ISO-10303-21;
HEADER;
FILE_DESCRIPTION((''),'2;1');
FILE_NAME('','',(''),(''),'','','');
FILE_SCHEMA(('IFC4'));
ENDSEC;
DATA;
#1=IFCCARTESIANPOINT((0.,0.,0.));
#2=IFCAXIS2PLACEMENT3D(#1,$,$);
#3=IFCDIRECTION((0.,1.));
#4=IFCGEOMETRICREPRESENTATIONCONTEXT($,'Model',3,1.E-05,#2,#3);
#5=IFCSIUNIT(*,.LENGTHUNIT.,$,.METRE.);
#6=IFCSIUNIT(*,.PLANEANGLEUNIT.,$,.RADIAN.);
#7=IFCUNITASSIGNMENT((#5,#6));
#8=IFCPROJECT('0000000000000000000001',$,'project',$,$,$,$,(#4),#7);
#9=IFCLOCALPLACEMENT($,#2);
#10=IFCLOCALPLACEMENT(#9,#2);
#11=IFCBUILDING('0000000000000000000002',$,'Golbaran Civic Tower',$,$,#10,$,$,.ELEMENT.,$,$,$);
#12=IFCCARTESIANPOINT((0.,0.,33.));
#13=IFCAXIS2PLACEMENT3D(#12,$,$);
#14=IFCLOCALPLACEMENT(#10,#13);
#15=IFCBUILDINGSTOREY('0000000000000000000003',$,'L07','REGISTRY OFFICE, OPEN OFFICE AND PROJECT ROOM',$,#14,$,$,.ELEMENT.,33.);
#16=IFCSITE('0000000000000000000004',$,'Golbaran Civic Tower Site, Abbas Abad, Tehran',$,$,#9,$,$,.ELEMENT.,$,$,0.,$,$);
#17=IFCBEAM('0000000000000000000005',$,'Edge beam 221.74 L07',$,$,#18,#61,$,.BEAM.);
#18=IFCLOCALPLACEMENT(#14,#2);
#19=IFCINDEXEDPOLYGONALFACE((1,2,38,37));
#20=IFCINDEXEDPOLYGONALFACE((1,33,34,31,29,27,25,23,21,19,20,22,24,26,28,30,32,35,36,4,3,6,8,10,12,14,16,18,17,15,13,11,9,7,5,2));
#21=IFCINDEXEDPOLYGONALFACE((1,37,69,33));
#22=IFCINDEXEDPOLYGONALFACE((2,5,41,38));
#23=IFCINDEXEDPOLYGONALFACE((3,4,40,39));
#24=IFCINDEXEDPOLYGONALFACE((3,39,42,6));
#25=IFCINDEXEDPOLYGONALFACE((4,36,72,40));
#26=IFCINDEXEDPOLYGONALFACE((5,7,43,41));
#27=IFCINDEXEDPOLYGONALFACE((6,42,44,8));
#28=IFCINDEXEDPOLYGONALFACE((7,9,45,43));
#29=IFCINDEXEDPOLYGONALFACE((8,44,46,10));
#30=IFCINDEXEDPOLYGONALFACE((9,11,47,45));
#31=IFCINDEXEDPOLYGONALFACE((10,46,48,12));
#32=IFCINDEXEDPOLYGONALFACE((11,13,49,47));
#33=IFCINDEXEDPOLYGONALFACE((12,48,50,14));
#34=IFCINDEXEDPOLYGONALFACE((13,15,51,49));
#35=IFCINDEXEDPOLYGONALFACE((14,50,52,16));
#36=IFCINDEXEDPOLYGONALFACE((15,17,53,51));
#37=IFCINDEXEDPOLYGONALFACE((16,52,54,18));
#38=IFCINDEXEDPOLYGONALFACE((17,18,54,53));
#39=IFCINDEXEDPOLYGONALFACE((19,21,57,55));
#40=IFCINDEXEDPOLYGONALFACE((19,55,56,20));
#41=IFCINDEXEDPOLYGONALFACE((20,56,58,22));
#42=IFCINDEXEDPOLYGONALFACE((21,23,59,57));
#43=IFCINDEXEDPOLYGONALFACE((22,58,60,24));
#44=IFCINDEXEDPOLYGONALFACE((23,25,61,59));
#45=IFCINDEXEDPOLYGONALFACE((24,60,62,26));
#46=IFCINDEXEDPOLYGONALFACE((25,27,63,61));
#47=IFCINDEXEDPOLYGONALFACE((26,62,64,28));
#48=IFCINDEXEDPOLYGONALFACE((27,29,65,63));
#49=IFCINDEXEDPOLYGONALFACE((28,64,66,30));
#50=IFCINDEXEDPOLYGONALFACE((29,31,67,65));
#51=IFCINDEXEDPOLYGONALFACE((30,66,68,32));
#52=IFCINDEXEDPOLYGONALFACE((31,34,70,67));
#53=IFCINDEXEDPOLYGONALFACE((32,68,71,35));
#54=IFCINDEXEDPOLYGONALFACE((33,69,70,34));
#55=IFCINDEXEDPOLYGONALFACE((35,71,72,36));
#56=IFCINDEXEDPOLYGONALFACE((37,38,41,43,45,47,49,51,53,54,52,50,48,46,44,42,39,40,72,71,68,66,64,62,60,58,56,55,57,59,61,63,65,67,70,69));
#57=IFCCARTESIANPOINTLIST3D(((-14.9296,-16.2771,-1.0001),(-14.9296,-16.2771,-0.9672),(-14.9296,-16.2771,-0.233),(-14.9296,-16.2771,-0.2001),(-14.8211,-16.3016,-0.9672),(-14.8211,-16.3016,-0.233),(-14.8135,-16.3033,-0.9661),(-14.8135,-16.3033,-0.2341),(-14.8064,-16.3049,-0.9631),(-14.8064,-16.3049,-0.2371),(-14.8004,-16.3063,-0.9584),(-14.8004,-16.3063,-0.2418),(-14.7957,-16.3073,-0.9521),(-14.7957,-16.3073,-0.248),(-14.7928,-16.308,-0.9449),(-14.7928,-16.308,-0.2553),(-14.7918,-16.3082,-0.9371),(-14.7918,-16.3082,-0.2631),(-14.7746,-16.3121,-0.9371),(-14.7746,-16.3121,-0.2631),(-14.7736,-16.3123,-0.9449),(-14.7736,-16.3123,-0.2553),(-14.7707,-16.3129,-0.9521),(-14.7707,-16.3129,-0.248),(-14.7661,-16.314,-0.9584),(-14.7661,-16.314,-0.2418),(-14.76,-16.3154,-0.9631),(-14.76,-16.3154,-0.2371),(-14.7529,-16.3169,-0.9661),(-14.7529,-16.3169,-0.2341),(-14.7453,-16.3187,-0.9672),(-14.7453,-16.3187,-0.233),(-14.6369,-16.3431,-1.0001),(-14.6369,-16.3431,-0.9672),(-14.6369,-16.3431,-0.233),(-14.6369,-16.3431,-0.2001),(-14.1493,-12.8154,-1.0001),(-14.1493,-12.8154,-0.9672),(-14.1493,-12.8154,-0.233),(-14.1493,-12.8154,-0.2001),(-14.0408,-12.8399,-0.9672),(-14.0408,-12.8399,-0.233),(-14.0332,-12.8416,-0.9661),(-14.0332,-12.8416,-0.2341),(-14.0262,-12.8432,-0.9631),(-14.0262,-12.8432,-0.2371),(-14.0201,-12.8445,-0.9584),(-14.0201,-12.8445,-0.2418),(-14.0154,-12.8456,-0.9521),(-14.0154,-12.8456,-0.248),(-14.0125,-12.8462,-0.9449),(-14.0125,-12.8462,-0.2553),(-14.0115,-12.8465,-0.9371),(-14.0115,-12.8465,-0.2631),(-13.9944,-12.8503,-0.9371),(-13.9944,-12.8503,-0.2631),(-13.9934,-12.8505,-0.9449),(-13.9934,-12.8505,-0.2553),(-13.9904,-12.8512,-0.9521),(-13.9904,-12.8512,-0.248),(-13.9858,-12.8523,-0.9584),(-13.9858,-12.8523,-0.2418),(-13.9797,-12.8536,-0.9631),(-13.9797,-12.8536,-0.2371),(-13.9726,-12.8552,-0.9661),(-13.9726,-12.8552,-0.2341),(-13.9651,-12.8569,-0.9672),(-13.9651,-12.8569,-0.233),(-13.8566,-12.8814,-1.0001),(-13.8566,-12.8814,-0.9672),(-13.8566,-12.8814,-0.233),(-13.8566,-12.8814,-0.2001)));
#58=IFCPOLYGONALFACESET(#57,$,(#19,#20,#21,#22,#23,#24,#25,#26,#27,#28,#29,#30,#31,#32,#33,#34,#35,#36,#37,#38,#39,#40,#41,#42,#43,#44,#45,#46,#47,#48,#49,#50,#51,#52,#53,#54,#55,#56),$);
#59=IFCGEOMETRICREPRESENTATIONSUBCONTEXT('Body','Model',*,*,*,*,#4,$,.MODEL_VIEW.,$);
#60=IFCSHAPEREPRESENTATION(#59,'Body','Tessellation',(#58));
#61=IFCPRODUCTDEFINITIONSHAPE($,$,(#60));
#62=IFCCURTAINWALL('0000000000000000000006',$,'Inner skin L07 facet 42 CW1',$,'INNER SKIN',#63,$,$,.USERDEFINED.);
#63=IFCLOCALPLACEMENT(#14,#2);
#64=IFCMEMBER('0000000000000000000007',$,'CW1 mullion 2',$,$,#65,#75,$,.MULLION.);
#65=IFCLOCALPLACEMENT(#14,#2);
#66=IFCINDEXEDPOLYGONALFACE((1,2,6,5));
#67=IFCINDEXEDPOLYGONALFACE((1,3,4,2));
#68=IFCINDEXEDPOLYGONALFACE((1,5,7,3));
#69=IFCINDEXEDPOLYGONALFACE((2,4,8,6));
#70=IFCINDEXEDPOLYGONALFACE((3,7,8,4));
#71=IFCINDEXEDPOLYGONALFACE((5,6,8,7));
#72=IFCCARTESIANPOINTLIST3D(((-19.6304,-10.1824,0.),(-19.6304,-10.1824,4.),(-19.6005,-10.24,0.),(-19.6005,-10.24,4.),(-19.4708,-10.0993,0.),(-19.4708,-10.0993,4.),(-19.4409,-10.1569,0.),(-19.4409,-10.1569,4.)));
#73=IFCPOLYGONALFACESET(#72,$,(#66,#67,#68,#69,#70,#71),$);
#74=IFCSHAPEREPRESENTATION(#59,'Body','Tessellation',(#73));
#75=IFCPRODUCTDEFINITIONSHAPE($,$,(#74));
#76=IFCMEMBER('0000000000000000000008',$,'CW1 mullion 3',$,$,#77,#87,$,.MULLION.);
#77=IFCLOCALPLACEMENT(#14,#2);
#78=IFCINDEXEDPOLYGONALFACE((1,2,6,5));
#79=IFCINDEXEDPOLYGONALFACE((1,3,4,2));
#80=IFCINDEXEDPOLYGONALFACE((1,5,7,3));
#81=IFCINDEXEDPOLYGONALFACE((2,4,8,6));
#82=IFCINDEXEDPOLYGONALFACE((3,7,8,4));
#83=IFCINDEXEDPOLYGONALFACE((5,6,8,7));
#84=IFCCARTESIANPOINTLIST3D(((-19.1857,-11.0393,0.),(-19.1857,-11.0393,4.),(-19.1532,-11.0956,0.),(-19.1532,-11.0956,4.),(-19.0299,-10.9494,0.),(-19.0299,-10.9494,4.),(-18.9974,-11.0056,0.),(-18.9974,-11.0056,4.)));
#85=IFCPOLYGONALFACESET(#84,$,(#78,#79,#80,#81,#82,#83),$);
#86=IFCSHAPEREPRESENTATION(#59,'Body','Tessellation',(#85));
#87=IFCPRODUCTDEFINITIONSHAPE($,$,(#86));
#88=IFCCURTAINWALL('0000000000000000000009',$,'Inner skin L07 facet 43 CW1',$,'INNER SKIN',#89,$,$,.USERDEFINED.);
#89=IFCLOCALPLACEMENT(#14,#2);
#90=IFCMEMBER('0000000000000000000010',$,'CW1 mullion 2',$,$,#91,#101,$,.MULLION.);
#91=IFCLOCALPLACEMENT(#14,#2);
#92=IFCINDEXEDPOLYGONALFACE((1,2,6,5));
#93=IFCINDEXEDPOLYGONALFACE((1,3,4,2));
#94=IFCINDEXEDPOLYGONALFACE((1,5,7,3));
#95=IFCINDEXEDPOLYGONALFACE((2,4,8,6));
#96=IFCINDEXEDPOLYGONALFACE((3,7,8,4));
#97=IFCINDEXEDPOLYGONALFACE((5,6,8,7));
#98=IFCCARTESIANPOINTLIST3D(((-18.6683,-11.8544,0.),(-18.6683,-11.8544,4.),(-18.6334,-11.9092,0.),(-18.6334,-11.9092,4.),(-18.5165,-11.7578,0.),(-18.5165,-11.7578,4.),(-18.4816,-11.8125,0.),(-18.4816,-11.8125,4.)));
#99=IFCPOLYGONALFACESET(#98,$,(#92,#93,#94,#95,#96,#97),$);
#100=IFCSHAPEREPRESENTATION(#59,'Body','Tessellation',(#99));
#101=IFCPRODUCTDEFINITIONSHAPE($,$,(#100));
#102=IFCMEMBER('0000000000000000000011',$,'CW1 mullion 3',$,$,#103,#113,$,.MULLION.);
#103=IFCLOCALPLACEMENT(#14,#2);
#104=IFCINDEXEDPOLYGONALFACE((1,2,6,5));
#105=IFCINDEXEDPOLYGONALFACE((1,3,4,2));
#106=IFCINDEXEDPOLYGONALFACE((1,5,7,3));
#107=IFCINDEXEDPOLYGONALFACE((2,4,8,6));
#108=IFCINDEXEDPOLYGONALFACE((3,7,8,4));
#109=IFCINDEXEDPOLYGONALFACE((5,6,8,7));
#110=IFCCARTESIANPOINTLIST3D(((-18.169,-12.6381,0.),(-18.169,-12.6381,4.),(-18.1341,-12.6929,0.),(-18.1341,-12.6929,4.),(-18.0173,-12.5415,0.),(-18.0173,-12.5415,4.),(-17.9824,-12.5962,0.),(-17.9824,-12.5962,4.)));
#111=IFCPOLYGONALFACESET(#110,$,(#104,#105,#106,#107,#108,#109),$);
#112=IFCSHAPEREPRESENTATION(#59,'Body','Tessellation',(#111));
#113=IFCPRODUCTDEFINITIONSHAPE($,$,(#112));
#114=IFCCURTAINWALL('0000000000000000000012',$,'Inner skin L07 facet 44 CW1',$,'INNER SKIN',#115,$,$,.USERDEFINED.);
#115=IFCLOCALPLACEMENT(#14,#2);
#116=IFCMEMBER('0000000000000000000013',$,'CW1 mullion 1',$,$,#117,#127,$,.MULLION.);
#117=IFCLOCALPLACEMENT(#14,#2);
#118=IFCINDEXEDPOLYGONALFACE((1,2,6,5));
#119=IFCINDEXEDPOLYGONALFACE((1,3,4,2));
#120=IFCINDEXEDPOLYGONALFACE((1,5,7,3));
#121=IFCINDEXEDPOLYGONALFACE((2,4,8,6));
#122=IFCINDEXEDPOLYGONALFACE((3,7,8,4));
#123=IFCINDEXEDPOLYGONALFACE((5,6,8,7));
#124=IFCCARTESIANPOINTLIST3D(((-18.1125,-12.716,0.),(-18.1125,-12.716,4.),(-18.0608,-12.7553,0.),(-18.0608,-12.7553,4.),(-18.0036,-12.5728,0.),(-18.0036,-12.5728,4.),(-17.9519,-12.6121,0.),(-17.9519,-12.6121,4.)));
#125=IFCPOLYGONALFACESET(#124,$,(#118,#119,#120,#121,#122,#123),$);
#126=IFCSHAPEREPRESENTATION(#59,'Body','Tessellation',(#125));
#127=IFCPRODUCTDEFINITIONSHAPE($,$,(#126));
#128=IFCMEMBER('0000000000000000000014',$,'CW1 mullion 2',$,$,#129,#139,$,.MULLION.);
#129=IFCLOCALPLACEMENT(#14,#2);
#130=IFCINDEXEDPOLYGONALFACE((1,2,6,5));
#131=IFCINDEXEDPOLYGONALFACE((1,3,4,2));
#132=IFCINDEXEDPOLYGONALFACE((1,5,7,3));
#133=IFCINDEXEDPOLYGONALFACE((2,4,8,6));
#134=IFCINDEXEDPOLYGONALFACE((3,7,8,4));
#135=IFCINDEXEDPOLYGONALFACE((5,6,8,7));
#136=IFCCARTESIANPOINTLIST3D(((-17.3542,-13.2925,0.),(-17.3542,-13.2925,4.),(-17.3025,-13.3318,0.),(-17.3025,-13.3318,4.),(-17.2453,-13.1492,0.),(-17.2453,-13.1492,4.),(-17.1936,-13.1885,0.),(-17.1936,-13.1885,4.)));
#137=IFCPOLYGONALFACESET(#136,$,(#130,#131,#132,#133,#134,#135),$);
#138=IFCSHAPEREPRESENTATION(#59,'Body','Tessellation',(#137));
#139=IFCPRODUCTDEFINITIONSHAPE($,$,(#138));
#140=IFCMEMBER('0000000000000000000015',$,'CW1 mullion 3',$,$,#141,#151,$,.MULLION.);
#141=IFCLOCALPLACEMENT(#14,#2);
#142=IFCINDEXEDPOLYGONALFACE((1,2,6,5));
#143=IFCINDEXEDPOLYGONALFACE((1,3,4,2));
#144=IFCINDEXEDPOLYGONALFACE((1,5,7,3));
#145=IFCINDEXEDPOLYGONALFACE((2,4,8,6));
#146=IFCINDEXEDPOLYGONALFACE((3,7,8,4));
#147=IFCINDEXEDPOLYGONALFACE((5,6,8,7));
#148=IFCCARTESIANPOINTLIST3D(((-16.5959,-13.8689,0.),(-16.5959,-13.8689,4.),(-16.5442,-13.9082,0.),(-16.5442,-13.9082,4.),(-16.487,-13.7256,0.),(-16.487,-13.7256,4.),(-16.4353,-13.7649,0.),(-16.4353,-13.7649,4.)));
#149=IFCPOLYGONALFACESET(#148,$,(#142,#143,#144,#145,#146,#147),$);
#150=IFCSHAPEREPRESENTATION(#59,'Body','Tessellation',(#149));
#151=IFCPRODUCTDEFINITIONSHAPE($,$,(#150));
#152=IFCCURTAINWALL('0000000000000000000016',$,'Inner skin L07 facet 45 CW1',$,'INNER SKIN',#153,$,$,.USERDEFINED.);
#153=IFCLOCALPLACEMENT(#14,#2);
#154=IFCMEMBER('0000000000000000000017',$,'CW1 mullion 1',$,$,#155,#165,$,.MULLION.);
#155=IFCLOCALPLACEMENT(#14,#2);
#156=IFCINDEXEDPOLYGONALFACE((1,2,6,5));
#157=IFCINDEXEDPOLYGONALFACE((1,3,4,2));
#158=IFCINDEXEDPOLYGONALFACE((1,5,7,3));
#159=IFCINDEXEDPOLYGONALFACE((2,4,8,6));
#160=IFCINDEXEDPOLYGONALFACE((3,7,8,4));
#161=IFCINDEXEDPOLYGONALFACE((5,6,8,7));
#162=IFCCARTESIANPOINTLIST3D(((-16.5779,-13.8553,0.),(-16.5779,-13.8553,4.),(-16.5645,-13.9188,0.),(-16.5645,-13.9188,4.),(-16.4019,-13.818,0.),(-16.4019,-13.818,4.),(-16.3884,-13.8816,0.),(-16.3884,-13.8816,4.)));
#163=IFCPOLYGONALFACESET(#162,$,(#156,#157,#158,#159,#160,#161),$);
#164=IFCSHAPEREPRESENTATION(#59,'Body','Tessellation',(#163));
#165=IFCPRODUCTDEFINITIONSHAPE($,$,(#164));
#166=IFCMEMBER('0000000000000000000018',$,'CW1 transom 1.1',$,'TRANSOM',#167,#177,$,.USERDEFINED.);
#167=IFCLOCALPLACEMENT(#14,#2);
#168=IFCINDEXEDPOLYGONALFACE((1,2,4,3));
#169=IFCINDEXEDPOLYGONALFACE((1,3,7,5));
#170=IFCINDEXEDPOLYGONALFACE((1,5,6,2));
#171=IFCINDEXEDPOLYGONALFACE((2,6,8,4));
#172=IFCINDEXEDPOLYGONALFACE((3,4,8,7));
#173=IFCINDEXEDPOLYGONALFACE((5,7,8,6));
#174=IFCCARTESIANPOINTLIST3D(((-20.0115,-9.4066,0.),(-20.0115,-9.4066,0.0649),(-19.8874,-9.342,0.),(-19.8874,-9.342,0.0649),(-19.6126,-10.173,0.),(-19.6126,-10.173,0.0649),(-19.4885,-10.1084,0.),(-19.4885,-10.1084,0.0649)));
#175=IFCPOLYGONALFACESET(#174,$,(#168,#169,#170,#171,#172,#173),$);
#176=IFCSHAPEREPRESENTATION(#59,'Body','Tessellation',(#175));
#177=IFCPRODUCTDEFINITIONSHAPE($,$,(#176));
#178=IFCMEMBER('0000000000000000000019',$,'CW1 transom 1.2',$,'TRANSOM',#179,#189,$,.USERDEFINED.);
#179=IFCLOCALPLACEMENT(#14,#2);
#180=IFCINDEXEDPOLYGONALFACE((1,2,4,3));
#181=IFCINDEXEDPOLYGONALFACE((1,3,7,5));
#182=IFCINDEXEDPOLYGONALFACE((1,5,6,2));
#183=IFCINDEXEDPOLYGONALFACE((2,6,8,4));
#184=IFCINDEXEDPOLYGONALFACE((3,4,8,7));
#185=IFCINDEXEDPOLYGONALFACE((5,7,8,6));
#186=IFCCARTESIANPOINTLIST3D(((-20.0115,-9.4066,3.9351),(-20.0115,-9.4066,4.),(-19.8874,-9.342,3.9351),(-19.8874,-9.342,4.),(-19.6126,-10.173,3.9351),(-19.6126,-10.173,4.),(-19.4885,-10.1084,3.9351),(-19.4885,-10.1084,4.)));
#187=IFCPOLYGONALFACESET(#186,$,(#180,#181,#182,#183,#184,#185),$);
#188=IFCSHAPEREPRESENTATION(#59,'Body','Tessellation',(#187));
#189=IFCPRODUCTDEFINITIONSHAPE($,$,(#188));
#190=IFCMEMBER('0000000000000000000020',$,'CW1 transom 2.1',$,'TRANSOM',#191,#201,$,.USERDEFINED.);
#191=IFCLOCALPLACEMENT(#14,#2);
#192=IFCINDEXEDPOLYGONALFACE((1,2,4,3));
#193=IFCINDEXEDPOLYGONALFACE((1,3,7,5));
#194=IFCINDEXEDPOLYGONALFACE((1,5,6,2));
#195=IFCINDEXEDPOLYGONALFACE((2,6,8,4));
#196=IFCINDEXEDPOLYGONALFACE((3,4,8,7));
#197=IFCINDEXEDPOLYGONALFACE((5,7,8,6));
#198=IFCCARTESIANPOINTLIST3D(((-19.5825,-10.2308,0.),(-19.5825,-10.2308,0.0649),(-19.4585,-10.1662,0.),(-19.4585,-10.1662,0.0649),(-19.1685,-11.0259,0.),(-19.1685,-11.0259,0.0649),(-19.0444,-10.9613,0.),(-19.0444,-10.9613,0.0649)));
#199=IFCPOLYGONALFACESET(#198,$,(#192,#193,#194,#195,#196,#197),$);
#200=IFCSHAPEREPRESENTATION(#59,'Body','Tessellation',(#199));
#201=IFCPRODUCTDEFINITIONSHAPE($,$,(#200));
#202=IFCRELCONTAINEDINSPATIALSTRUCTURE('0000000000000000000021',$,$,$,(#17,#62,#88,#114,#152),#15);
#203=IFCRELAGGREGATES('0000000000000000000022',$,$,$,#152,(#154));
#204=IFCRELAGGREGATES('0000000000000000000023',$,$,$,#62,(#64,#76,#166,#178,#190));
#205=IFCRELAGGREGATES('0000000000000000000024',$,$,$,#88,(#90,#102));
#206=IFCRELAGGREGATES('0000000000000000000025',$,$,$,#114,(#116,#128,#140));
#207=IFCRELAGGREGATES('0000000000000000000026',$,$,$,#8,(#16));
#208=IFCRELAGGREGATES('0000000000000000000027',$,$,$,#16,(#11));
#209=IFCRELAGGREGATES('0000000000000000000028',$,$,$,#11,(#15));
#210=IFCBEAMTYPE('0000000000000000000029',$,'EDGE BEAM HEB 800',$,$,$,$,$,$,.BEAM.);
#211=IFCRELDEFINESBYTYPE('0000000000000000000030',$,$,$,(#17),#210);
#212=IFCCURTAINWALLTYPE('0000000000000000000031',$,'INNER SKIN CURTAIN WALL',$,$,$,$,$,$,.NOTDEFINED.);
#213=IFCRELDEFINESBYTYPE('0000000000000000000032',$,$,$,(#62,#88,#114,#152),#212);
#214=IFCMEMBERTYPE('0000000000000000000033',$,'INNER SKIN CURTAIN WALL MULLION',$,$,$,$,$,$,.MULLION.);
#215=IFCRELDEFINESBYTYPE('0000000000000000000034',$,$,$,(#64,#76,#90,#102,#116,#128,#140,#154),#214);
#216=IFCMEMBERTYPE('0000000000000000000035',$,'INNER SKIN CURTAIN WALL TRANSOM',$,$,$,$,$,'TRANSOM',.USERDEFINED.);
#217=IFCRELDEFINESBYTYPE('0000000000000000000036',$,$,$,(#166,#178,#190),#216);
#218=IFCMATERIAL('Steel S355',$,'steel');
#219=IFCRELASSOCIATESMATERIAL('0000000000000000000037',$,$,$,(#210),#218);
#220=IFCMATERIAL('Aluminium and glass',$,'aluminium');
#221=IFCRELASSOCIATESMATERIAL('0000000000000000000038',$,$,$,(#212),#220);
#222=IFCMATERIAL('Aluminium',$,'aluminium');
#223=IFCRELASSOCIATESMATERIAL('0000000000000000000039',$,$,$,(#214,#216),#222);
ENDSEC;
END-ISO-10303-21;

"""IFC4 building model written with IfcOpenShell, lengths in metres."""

from ifc_helpers import new_model, si_unit, direction, frame, origin, origin_2d, place, context, subcontext, project, spatial, rectangle, i_section, extrude, material, material_profile, profile_set, type_object, element, aggregate, save


model = new_model("IFC4")

# Units and contexts
model_context = context("Model", 3, precision=1e-05, world=origin(), true_north=direction((0.0, 1.0)))
body_context = subcontext(model_context, "Body", "Model", "MODEL_VIEW")
ifc_project = project(units=[si_unit("LENGTHUNIT", "METRE"), si_unit("PLANEANGLEUNIT", "RADIAN")], contexts=[model_context])

# Site, building, storey
site_placement = place(None, origin())
site = spatial("IfcSite", under=ifc_project, at=site_placement, Name="Golbaran Civic Tower Site, Abbas Abad, Tehran", CompositionType="ELEMENT", RefElevation=0.0)
building_placement = place(site_placement, origin())
building = spatial("IfcBuilding", under=site, at=building_placement, Name="Golbaran Civic Tower", CompositionType="ELEMENT")
storey_placement = place(building_placement, frame((0.0, 0.0, 33.0)))
storey = spatial("IfcBuildingStorey", under=building, at=storey_placement, Name="L07", Description="REGISTRY OFFICE, OPEN OFFICE AND PROJECT ROOM", CompositionType="ELEMENT", Elevation=33.0)

# Beam
ifc_material_1 = material(Name="Steel S355", Category="steel")
ifc_material_profile_1 = material_profile(ifc_material_1, i_section(OverallWidth=0.3, OverallDepth=0.8, WebThickness=0.0176, FlangeThickness=0.033, FilletRadius=0.03, at=origin_2d()), Name="HEB 800")
ifc_profile_set_1 = profile_set([ifc_material_profile_1], Name="Steel S355")
beam_type = type_object("IfcBeamType", Name="EDGE BEAM HEB 800", PredefinedType="BEAM", material=ifc_profile_set_1)
beam_placement = place(storey_placement, frame((-14.0029, -12.8484, -0.6001), z_axis=(-0.219887, -0.975525, 0.0), x_axis=(0.975525, -0.219887, 0.0)))
element("IfcBeam", 1, at=beam_placement, inside=storey, type_object=beam_type, Name="Edge beam 221.74 L07", PredefinedType="BEAM", context=body_context, shape_type="SweptSolid", body=[
    extrude(i_section(OverallWidth=0.3, OverallDepth=0.8, WebThickness=0.0176, FlangeThickness=0.033, FilletRadius=0.03, at=origin_2d()), origin(), (0.0, 0.0, 1.0), 3.5486),
])

# Curtain walls, members
ifc_material_2 = material(Name="Aluminium and glass", Category="aluminium")
curtain_wall_type = type_object("IfcCurtainWallType", Name="INNER SKIN CURTAIN WALL", PredefinedType="NOTDEFINED", material=ifc_material_2)
curtain_wall_1_placement = place(storey_placement, origin())
curtain_wall_1 = element("IfcCurtainWall", 2, at=curtain_wall_1_placement, inside=storey, type_object=curtain_wall_type, Name="Inner skin L07 facet 42 CW1", ObjectType="INNER SKIN", PredefinedType="USERDEFINED")
ifc_material_3 = material(Name="Aluminium", Category="aluminium")
ifc_material_profile_2 = material_profile(ifc_material_3, rectangle(XDim=0.1799, YDim=0.0649, at=origin_2d()), Name="INNER SKIN CURTAIN WALL MULLION")
ifc_profile_set_2 = profile_set([ifc_material_profile_2], Name="Aluminium")
member_type_1 = type_object("IfcMemberType", Name="INNER SKIN CURTAIN WALL MULLION", PredefinedType="MULLION", material=ifc_profile_set_2)
member_1_placement = place(storey_placement, frame((-19.5356, -10.1697, 0.0), z_axis=(0.0, 0.0, 1.0), x_axis=(0.887011, 0.461749, 0.0)))
member_1 = element("IfcMember", 3, at=member_1_placement, type_object=member_type_1, Name="CW1 mullion 2", PredefinedType="MULLION", context=body_context, shape_type="SweptSolid", body=[
    extrude(rectangle(XDim=0.1799, YDim=0.0649, at=origin_2d()), origin(), (0.0, 0.0, 1.0), 4.0),
])
member_2_placement = place(storey_placement, frame((-19.0916, -11.0225, 0.0), z_axis=(0.0, 0.0, 1.0), x_axis=(0.866025, 0.5, 0.0)))
member_2 = element("IfcMember", 4, at=member_2_placement, type_object=member_type_1, Name="CW1 mullion 3", PredefinedType="MULLION", context=body_context, shape_type="SweptSolid", body=[
    extrude(rectangle(XDim=0.1799, YDim=0.0649, at=origin_2d()), origin(), (0.0, 0.0, 1.0), 4.0),
])
curtain_wall_2_placement = place(storey_placement, origin())
curtain_wall_2 = element("IfcCurtainWall", 5, at=curtain_wall_2_placement, inside=storey, type_object=curtain_wall_type, Name="Inner skin L07 facet 43 CW1", ObjectType="INNER SKIN", PredefinedType="USERDEFINED")
member_3_placement = place(storey_placement, frame((-18.575, -11.8335, 0.0), z_axis=(0.0, 0.0, 1.0), x_axis=(0.843391, 0.5373, 0.0)))
member_3 = element("IfcMember", 6, at=member_3_placement, type_object=member_type_1, Name="CW1 mullion 2", PredefinedType="MULLION", context=body_context, shape_type="SweptSolid", body=[
    extrude(rectangle(XDim=0.1799, YDim=0.0649, at=origin_2d()), origin(), (0.0, 0.0, 1.0), 4.0),
])
member_4_placement = place(storey_placement, frame((-18.0757, -12.6172, 0.0), z_axis=(0.0, 0.0, 1.0), x_axis=(0.843391, 0.5373, 0.0)))
member_4 = element("IfcMember", 7, at=member_4_placement, type_object=member_type_1, Name="CW1 mullion 3", PredefinedType="MULLION", context=body_context, shape_type="SweptSolid", body=[
    extrude(rectangle(XDim=0.1799, YDim=0.0649, at=origin_2d()), origin(), (0.0, 0.0, 1.0), 4.0),
])
curtain_wall_3_placement = place(storey_placement, origin())
curtain_wall_3 = element("IfcCurtainWall", 8, at=curtain_wall_3_placement, inside=storey, type_object=curtain_wall_type, Name="Inner skin L07 facet 44 CW1", ObjectType="INNER SKIN", PredefinedType="USERDEFINED")
member_5_placement = place(storey_placement, frame((-18.0322, -12.6641, 0.0), z_axis=(0.0, 0.0, 1.0), x_axis=(0.605154, 0.796108, 0.0)))
member_5 = element("IfcMember", 9, at=member_5_placement, type_object=member_type_1, Name="CW1 mullion 1", PredefinedType="MULLION", context=body_context, shape_type="SweptSolid", body=[
    extrude(rectangle(XDim=0.1799, YDim=0.0649, at=origin_2d()), origin(), (0.0, 0.0, 1.0), 4.0),
])
member_6_placement = place(storey_placement, frame((-17.2739, -13.2405, 0.0), z_axis=(0.0, 0.0, 1.0), x_axis=(0.605154, 0.796108, 0.0)))
member_6 = element("IfcMember", 10, at=member_6_placement, type_object=member_type_1, Name="CW1 mullion 2", PredefinedType="MULLION", context=body_context, shape_type="SweptSolid", body=[
    extrude(rectangle(XDim=0.1799, YDim=0.0649, at=origin_2d()), origin(), (0.0, 0.0, 1.0), 4.0),
])
member_7_placement = place(storey_placement, frame((-16.5156, -13.8169, 0.0), z_axis=(0.0, 0.0, 1.0), x_axis=(0.605154, 0.796108, 0.0)))
member_7 = element("IfcMember", 11, at=member_7_placement, type_object=member_type_1, Name="CW1 mullion 3", PredefinedType="MULLION", context=body_context, shape_type="SweptSolid", body=[
    extrude(rectangle(XDim=0.1799, YDim=0.0649, at=origin_2d()), origin(), (0.0, 0.0, 1.0), 4.0),
])

# Curtain wall, member
curtain_wall_4_placement = place(storey_placement, origin())
curtain_wall_4 = element("IfcCurtainWall", 12, at=curtain_wall_4_placement, inside=storey, type_object=curtain_wall_type, Name="Inner skin L07 facet 45 CW1", ObjectType="INNER SKIN", PredefinedType="USERDEFINED")
member_8_placement = place(storey_placement, frame((-16.4832, -13.8684, 0.0), z_axis=(0.0, 0.0, 1.0), x_axis=(0.978346, 0.206977, 0.0)))
member_8 = element("IfcMember", 13, at=member_8_placement, type_object=member_type_1, Name="CW1 mullion 1", PredefinedType="MULLION", context=body_context, shape_type="SweptSolid", body=[
    extrude(rectangle(XDim=0.1799, YDim=0.0649, at=origin_2d()), origin(), (0.0, 0.0, 1.0), 4.0),
])
aggregate(curtain_wall_4, [member_8])

# Members
ifc_material_profile_3 = material_profile(ifc_material_3, rectangle(XDim=0.1399, YDim=0.0649, at=origin_2d()), Name="INNER SKIN CURTAIN WALL TRANSOM")
ifc_profile_set_3 = profile_set([ifc_material_profile_3], Name="Aluminium")
member_type_2 = type_object("IfcMemberType", Name="INNER SKIN CURTAIN WALL TRANSOM", ElementType="TRANSOM", PredefinedType="USERDEFINED", material=ifc_profile_set_3)
member_9_placement = place(storey_placement, frame((-19.9495, -9.3743, 0.0325), z_axis=(0.461735, -0.887018, 0.0), x_axis=(0.887018, 0.461735, 0.0)))
member_9 = element("IfcMember", 14, at=member_9_placement, type_object=member_type_2, Name="CW1 transom 1.1", ObjectType="TRANSOM", PredefinedType="USERDEFINED", context=body_context, shape_type="SweptSolid", body=[
    extrude(rectangle(XDim=0.1399, YDim=0.0649, at=origin_2d()), origin(), (0.0, 0.0, 1.0), 0.864),
])
member_10_placement = place(storey_placement, frame((-19.9495, -9.3743, 3.9675), z_axis=(0.461735, -0.887018, 0.0), x_axis=(0.887018, 0.461735, 0.0)))
member_10 = element("IfcMember", 15, at=member_10_placement, type_object=member_type_2, Name="CW1 transom 1.2", ObjectType="TRANSOM", PredefinedType="USERDEFINED", context=body_context, shape_type="SweptSolid", body=[
    extrude(rectangle(XDim=0.1399, YDim=0.0649, at=origin_2d()), origin(), (0.0, 0.0, 1.0), 0.864),
])
member_11_placement = place(storey_placement, frame((-19.5205, -10.1985, 0.0325), z_axis=(0.461859, -0.886954, 0.0), x_axis=(0.886954, 0.461859, 0.0)))
member_11 = element("IfcMember", 16, at=member_11_placement, type_object=member_type_2, Name="CW1 transom 2.1", ObjectType="TRANSOM", PredefinedType="USERDEFINED", context=body_context, shape_type="SweptSolid", body=[
    extrude(rectangle(XDim=0.1399, YDim=0.0649, at=origin_2d()), origin(), (0.0, 0.0, 1.0), 0.8965),
])

aggregate(curtain_wall_1, [member_1, member_2, member_9, member_10, member_11])
aggregate(curtain_wall_2, [member_3, member_4])
aggregate(curtain_wall_3, [member_5, member_6, member_7])

save(model, "model.ifc")
